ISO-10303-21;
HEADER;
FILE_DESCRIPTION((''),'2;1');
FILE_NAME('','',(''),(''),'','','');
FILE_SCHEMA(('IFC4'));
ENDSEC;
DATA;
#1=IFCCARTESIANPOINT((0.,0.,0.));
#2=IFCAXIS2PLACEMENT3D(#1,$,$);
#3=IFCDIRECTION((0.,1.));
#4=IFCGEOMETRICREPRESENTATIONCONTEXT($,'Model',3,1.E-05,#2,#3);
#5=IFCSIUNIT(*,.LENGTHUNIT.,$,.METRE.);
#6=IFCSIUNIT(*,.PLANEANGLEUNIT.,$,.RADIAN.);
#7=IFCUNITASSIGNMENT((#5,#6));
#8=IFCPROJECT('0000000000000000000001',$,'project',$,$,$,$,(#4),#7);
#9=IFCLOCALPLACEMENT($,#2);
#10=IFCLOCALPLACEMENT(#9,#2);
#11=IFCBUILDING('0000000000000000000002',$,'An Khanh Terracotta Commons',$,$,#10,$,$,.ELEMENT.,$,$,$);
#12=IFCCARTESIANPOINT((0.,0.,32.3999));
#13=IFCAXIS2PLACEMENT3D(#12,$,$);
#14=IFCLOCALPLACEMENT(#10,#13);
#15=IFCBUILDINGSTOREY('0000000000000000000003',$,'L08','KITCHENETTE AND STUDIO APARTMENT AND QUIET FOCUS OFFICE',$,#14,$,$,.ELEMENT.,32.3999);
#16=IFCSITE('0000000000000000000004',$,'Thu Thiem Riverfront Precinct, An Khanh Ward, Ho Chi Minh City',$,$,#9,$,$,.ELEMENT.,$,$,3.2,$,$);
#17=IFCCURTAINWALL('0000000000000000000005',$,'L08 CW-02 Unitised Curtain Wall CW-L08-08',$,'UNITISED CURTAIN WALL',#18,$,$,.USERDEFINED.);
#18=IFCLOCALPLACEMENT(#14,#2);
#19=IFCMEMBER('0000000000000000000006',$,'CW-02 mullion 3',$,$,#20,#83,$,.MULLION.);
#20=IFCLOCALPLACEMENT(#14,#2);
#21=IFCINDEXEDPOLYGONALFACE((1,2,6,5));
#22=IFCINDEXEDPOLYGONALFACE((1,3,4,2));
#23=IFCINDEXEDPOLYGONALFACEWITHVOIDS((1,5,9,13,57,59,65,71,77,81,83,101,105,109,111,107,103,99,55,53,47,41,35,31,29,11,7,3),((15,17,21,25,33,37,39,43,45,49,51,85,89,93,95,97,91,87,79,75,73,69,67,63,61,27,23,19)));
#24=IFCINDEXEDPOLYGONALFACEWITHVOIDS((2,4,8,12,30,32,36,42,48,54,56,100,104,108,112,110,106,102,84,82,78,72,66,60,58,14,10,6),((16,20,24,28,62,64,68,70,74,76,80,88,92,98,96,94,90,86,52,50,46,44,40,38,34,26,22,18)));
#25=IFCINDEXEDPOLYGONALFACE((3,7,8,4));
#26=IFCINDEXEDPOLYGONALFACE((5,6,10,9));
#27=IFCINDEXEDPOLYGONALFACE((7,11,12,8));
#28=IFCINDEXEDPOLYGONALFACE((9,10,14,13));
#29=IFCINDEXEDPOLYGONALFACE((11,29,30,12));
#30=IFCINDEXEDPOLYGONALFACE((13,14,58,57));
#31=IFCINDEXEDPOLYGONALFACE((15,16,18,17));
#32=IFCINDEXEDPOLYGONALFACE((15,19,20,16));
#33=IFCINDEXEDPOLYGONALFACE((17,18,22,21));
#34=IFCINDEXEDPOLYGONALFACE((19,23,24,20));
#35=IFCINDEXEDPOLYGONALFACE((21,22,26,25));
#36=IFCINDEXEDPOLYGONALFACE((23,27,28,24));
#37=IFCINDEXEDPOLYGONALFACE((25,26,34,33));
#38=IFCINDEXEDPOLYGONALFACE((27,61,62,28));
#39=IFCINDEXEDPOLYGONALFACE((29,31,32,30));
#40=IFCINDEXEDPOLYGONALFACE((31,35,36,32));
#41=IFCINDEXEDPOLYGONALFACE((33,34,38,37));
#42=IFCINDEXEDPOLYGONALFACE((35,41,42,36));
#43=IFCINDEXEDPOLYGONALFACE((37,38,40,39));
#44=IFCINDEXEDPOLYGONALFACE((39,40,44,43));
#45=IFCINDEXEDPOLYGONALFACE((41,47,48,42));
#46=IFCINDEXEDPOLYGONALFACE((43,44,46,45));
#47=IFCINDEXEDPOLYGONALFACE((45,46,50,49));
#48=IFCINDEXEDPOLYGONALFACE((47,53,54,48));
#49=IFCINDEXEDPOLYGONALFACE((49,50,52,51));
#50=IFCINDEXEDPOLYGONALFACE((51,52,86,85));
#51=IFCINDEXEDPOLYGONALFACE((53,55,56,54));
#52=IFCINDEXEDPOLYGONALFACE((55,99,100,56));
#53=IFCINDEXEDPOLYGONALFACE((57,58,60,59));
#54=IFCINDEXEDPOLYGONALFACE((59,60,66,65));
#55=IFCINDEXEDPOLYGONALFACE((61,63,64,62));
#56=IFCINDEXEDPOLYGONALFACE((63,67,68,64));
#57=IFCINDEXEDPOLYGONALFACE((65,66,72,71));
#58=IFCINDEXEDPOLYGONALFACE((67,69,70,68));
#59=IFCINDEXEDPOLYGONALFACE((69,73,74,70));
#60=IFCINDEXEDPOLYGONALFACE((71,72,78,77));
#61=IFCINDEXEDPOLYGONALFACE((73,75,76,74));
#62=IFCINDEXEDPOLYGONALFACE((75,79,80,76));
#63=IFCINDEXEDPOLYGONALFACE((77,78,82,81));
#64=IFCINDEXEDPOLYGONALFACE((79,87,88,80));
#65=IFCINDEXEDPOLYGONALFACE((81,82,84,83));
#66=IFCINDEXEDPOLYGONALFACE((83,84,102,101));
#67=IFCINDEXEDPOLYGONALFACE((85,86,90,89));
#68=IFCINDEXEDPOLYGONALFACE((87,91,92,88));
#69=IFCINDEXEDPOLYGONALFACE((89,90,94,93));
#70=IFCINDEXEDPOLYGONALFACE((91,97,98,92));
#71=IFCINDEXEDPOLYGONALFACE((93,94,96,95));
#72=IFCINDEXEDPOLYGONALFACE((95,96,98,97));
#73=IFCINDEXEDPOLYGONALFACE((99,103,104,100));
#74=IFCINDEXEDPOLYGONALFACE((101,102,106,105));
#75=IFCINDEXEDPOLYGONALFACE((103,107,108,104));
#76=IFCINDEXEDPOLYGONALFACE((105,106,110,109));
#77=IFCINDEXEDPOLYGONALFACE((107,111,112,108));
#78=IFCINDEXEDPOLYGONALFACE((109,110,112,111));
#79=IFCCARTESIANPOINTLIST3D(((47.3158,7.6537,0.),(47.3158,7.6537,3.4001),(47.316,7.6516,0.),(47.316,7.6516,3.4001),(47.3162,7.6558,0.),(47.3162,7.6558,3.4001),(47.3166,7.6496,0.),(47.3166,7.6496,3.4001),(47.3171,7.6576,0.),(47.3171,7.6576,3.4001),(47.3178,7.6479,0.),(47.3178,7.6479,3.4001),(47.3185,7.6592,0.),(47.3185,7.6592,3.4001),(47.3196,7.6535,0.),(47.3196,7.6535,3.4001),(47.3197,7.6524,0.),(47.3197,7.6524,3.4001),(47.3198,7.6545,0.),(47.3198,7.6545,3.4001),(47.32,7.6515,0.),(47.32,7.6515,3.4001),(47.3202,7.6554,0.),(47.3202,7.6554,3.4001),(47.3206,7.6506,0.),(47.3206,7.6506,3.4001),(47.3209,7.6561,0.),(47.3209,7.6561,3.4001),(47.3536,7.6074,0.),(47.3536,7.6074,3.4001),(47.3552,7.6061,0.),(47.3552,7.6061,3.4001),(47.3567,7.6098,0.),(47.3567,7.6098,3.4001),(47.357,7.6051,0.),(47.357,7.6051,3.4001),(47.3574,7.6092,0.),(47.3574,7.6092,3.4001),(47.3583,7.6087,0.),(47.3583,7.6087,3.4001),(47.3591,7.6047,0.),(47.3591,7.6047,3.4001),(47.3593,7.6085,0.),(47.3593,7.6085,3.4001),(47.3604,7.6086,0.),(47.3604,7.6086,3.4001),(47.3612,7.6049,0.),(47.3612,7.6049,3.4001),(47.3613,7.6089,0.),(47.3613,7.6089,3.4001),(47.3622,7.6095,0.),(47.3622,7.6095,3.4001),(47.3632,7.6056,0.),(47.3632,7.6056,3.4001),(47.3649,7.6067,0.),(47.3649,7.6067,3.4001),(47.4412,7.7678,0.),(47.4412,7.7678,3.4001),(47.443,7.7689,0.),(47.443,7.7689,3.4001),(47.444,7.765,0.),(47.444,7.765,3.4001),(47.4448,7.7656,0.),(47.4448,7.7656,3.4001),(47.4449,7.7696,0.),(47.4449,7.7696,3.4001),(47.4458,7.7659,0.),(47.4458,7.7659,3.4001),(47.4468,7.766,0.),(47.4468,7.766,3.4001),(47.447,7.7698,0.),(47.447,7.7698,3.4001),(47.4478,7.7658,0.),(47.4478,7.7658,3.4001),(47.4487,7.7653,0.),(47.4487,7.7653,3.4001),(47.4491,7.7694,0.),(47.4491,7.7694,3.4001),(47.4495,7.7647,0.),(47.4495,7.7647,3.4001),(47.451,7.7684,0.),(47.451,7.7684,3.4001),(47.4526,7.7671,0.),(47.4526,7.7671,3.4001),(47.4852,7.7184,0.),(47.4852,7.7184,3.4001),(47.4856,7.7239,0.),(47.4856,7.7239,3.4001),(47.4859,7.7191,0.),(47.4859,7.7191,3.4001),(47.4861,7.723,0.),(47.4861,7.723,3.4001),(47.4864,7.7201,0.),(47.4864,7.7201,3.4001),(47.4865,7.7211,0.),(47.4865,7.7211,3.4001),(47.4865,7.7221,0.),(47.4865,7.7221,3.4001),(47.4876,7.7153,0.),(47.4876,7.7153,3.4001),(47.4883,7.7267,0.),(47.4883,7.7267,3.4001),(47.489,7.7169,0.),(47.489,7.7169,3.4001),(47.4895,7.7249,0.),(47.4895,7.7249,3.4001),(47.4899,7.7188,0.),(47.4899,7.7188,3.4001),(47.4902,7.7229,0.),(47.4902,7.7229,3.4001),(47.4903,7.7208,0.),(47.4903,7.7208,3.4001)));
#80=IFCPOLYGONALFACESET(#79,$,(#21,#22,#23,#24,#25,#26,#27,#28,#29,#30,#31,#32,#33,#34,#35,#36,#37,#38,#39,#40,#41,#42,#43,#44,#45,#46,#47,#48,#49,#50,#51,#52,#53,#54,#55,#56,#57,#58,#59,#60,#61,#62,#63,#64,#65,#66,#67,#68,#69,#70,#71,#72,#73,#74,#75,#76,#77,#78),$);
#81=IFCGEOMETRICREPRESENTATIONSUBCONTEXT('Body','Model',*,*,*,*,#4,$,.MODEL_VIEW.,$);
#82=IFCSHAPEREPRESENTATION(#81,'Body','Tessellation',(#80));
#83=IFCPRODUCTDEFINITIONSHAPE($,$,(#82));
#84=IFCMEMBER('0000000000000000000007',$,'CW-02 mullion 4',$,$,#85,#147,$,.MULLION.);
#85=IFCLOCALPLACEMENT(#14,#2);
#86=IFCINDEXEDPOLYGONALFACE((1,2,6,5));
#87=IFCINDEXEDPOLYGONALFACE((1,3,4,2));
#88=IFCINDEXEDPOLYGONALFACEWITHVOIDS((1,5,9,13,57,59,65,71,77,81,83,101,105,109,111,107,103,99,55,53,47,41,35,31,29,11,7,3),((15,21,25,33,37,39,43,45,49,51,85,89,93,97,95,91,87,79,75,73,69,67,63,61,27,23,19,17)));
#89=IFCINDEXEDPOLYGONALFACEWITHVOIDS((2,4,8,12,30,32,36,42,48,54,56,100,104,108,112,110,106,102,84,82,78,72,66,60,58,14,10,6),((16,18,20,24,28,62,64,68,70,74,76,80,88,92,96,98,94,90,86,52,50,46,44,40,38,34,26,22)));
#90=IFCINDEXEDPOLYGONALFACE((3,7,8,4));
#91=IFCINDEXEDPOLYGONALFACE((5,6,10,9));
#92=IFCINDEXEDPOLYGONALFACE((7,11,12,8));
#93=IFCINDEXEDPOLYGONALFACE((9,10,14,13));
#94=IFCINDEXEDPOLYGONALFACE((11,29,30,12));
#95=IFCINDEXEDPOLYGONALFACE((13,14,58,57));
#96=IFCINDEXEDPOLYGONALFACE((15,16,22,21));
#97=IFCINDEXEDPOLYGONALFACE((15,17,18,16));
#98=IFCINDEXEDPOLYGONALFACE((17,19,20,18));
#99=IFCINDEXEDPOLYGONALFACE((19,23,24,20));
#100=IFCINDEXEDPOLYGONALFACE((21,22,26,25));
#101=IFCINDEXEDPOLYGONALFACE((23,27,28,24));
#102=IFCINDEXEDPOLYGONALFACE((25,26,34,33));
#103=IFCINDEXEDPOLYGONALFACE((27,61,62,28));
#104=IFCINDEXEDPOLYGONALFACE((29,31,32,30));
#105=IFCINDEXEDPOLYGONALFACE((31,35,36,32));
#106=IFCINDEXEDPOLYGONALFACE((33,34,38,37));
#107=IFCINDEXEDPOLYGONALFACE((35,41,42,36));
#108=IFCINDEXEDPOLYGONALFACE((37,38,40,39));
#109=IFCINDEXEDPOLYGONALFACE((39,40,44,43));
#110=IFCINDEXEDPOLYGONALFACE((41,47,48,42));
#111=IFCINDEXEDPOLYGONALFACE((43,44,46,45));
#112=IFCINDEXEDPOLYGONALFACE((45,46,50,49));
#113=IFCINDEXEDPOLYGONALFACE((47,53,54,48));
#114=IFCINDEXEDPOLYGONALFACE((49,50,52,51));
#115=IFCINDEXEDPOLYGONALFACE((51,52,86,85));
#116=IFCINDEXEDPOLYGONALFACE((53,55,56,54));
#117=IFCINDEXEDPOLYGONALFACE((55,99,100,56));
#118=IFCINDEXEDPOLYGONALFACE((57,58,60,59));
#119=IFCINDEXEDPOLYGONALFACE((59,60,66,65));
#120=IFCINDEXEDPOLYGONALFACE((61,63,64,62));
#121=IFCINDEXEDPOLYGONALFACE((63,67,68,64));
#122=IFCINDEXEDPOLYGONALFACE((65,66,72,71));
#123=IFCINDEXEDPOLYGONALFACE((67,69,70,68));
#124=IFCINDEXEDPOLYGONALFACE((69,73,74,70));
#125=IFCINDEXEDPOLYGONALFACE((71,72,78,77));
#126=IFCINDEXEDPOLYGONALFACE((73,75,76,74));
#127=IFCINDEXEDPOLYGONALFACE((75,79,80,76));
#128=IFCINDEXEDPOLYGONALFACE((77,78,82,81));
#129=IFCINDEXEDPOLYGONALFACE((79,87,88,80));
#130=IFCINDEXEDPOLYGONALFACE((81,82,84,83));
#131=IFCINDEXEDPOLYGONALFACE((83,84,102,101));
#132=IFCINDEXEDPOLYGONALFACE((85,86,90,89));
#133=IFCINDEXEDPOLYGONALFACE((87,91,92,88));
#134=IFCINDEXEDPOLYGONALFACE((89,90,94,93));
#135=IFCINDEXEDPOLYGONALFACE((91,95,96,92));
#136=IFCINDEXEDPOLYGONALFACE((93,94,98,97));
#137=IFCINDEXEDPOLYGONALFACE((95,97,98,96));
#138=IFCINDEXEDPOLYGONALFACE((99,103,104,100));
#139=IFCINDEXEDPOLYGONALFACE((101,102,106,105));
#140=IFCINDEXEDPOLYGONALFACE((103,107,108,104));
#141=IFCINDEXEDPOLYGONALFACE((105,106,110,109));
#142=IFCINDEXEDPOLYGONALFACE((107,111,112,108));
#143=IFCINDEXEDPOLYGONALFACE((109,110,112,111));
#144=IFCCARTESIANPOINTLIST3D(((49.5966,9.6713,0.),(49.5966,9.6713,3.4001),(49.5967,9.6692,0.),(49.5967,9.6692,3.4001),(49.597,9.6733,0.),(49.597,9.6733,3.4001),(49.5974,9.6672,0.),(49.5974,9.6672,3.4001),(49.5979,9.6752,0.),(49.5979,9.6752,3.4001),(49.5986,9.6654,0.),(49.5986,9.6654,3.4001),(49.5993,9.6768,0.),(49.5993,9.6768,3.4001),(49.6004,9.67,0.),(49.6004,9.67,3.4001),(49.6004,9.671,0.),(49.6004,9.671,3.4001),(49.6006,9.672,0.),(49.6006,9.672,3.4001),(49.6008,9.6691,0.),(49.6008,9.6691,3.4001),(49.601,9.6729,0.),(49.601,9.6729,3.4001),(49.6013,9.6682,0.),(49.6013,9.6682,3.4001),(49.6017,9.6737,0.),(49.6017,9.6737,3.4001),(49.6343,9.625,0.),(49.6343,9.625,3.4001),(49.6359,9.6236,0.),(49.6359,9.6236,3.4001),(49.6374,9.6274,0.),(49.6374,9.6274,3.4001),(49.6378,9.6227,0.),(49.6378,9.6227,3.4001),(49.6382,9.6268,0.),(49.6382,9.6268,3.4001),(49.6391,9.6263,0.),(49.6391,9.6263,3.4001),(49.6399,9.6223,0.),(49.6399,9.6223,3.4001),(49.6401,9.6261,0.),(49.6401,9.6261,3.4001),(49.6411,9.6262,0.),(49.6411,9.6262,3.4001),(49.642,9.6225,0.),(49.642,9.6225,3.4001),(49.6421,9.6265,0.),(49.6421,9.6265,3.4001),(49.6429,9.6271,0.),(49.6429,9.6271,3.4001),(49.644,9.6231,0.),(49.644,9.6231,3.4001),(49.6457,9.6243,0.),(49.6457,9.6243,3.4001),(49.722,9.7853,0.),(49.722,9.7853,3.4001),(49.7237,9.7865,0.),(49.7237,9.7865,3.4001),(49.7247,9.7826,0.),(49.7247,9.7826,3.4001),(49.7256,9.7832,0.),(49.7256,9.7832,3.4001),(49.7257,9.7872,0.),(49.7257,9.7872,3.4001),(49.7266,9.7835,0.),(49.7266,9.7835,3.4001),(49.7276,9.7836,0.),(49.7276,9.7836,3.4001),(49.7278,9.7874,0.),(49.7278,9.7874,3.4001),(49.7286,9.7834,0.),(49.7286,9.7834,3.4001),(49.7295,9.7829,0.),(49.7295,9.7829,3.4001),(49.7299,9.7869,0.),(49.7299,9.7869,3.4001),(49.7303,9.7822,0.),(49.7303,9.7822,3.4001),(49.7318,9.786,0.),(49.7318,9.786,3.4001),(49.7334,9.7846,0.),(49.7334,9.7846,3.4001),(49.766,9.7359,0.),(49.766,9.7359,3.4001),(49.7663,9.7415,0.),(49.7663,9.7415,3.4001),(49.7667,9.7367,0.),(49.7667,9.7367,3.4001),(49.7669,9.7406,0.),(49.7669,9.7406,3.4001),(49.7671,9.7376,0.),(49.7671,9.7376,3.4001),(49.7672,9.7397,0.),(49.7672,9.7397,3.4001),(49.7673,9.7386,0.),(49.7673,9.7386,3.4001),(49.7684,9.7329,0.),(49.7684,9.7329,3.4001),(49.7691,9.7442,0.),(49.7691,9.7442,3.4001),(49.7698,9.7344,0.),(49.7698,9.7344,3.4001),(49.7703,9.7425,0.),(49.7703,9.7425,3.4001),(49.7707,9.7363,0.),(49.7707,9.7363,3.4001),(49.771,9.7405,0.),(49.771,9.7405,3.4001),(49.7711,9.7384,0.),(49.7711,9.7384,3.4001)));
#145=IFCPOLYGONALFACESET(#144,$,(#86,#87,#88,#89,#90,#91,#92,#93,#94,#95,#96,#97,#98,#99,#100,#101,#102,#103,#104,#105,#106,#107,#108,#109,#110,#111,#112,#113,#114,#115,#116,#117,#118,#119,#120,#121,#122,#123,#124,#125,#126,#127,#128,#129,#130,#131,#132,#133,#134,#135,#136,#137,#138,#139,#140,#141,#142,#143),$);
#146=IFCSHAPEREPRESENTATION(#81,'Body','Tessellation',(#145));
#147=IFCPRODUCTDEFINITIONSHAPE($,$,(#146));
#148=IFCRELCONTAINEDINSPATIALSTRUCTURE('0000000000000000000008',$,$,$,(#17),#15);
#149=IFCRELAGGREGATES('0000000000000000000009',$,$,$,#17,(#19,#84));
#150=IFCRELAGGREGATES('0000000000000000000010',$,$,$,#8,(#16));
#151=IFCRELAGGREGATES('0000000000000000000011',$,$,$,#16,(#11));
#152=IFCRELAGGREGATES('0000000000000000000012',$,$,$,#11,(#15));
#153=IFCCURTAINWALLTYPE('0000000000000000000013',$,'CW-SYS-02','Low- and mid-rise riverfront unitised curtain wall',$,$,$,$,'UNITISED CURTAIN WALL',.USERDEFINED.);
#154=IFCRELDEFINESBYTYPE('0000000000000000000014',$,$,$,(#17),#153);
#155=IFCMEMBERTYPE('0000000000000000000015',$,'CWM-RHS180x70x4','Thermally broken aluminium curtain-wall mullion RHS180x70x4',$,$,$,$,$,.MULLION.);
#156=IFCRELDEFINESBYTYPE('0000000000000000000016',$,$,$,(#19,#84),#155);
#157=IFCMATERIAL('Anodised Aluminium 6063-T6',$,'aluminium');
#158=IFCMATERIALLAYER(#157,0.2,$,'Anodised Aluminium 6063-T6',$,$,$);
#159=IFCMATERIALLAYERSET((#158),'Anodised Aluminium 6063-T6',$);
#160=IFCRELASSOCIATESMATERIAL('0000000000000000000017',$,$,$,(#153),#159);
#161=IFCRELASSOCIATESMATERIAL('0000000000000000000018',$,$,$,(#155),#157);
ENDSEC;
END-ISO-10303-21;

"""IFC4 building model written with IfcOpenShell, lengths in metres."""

from ifc_helpers import new_model, si_unit, direction, frame, origin, origin_2d, place, context, subcontext, project, spatial, hollow_rectangle, extrude, material, layer, layer_set, material_profile, profile_set, type_object, element, aggregate, save


model = new_model("IFC4")

# Units and contexts
model_context = context("Model", 3, precision=1e-05, world=origin(), true_north=direction((0.0, 1.0)))
body_context = subcontext(model_context, "Body", "Model", "MODEL_VIEW")
ifc_project = project(units=[si_unit("LENGTHUNIT", "METRE"), si_unit("PLANEANGLEUNIT", "RADIAN")], contexts=[model_context])

# Site, building, storey
site_placement = place(None, origin())
site = spatial("IfcSite", under=ifc_project, at=site_placement, Name="Thu Thiem Riverfront Precinct, An Khanh Ward, Ho Chi Minh City", CompositionType="ELEMENT", RefElevation=3.2)
building_placement = place(site_placement, origin())
building = spatial("IfcBuilding", under=site, at=building_placement, Name="An Khanh Terracotta Commons", CompositionType="ELEMENT")
storey_placement = place(building_placement, frame((0.0, 0.0, 32.3999)))
storey = spatial("IfcBuildingStorey", under=building, at=storey_placement, Name="L08", Description="KITCHENETTE AND STUDIO APARTMENT AND QUIET FOCUS OFFICE", CompositionType="ELEMENT", Elevation=32.3999)

# Curtain wall, members
ifc_material_1 = material(Name="Anodised Aluminium 6063-T6", Category="aluminium")
ifc_layer_1 = layer(ifc_material_1, 0.2, Name="Anodised Aluminium 6063-T6")
ifc_layer_set_1 = layer_set([ifc_layer_1], Name="Anodised Aluminium 6063-T6")
curtain_wall_type = type_object("IfcCurtainWallType", Name="CW-SYS-02", Description="Low- and mid-rise riverfront unitised curtain wall", ElementType="UNITISED CURTAIN WALL", PredefinedType="USERDEFINED", material=ifc_layer_set_1)
curtain_wall_1_placement = place(storey_placement, origin())
curtain_wall_1 = element("IfcCurtainWall", 1, at=curtain_wall_1_placement, inside=storey, type_object=curtain_wall_type, Name="L08 CW-02 Unitised Curtain Wall CW-L08-08", ObjectType="UNITISED CURTAIN WALL", PredefinedType="USERDEFINED")
ifc_material_profile_1 = material_profile(ifc_material_1, hollow_rectangle(XDim=0.0701, YDim=0.1799, WallThickness=0.0039, InnerFilletRadius=0.0039, OuterFilletRadius=0.0081, at=origin_2d()), Name="RHS180x70x4")
ifc_profile_set_1 = profile_set([ifc_material_profile_1], Name="Anodised Aluminium 6063-T6")
member_type_1 = type_object("IfcMemberType", Name="CWM-RHS180x70x4", Description="Thermally broken aluminium curtain-wall mullion RHS180x70x4", PredefinedType="MULLION", material=ifc_profile_set_1)
member_1_placement = place(storey_placement, frame((47.4031, 7.6873, 0.0), z_axis=(0.0, 0.0, 1.0), x_axis=(-0.662548, 0.749019, 0.0)))
member_1 = element("IfcMember", 2, at=member_1_placement, type_object=member_type_1, Name="CW-02 mullion 3", PredefinedType="MULLION", context=body_context, shape_type="SweptSolid", body=[
    extrude(hollow_rectangle(XDim=0.0701, YDim=0.1799, WallThickness=0.0039, InnerFilletRadius=0.0039, OuterFilletRadius=0.0081, at=origin_2d()), origin(), (0.0, 0.0, 1.0), 3.4001),
])
member_2_placement = place(storey_placement, frame((49.6838, 9.7048, 0.0), z_axis=(0.0, 0.0, 1.0), x_axis=(-0.662548, 0.749019, 0.0)))
member_2 = element("IfcMember", 3, at=member_2_placement, type_object=member_type_1, Name="CW-02 mullion 4", PredefinedType="MULLION", context=body_context, shape_type="SweptSolid", body=[
    extrude(hollow_rectangle(XDim=0.0701, YDim=0.1799, WallThickness=0.0039, InnerFilletRadius=0.0039, OuterFilletRadius=0.0081, at=origin_2d()), origin(), (0.0, 0.0, 1.0), 3.4001),
])

aggregate(curtain_wall_1, [member_1, member_2])

save(model, "model.ifc")
